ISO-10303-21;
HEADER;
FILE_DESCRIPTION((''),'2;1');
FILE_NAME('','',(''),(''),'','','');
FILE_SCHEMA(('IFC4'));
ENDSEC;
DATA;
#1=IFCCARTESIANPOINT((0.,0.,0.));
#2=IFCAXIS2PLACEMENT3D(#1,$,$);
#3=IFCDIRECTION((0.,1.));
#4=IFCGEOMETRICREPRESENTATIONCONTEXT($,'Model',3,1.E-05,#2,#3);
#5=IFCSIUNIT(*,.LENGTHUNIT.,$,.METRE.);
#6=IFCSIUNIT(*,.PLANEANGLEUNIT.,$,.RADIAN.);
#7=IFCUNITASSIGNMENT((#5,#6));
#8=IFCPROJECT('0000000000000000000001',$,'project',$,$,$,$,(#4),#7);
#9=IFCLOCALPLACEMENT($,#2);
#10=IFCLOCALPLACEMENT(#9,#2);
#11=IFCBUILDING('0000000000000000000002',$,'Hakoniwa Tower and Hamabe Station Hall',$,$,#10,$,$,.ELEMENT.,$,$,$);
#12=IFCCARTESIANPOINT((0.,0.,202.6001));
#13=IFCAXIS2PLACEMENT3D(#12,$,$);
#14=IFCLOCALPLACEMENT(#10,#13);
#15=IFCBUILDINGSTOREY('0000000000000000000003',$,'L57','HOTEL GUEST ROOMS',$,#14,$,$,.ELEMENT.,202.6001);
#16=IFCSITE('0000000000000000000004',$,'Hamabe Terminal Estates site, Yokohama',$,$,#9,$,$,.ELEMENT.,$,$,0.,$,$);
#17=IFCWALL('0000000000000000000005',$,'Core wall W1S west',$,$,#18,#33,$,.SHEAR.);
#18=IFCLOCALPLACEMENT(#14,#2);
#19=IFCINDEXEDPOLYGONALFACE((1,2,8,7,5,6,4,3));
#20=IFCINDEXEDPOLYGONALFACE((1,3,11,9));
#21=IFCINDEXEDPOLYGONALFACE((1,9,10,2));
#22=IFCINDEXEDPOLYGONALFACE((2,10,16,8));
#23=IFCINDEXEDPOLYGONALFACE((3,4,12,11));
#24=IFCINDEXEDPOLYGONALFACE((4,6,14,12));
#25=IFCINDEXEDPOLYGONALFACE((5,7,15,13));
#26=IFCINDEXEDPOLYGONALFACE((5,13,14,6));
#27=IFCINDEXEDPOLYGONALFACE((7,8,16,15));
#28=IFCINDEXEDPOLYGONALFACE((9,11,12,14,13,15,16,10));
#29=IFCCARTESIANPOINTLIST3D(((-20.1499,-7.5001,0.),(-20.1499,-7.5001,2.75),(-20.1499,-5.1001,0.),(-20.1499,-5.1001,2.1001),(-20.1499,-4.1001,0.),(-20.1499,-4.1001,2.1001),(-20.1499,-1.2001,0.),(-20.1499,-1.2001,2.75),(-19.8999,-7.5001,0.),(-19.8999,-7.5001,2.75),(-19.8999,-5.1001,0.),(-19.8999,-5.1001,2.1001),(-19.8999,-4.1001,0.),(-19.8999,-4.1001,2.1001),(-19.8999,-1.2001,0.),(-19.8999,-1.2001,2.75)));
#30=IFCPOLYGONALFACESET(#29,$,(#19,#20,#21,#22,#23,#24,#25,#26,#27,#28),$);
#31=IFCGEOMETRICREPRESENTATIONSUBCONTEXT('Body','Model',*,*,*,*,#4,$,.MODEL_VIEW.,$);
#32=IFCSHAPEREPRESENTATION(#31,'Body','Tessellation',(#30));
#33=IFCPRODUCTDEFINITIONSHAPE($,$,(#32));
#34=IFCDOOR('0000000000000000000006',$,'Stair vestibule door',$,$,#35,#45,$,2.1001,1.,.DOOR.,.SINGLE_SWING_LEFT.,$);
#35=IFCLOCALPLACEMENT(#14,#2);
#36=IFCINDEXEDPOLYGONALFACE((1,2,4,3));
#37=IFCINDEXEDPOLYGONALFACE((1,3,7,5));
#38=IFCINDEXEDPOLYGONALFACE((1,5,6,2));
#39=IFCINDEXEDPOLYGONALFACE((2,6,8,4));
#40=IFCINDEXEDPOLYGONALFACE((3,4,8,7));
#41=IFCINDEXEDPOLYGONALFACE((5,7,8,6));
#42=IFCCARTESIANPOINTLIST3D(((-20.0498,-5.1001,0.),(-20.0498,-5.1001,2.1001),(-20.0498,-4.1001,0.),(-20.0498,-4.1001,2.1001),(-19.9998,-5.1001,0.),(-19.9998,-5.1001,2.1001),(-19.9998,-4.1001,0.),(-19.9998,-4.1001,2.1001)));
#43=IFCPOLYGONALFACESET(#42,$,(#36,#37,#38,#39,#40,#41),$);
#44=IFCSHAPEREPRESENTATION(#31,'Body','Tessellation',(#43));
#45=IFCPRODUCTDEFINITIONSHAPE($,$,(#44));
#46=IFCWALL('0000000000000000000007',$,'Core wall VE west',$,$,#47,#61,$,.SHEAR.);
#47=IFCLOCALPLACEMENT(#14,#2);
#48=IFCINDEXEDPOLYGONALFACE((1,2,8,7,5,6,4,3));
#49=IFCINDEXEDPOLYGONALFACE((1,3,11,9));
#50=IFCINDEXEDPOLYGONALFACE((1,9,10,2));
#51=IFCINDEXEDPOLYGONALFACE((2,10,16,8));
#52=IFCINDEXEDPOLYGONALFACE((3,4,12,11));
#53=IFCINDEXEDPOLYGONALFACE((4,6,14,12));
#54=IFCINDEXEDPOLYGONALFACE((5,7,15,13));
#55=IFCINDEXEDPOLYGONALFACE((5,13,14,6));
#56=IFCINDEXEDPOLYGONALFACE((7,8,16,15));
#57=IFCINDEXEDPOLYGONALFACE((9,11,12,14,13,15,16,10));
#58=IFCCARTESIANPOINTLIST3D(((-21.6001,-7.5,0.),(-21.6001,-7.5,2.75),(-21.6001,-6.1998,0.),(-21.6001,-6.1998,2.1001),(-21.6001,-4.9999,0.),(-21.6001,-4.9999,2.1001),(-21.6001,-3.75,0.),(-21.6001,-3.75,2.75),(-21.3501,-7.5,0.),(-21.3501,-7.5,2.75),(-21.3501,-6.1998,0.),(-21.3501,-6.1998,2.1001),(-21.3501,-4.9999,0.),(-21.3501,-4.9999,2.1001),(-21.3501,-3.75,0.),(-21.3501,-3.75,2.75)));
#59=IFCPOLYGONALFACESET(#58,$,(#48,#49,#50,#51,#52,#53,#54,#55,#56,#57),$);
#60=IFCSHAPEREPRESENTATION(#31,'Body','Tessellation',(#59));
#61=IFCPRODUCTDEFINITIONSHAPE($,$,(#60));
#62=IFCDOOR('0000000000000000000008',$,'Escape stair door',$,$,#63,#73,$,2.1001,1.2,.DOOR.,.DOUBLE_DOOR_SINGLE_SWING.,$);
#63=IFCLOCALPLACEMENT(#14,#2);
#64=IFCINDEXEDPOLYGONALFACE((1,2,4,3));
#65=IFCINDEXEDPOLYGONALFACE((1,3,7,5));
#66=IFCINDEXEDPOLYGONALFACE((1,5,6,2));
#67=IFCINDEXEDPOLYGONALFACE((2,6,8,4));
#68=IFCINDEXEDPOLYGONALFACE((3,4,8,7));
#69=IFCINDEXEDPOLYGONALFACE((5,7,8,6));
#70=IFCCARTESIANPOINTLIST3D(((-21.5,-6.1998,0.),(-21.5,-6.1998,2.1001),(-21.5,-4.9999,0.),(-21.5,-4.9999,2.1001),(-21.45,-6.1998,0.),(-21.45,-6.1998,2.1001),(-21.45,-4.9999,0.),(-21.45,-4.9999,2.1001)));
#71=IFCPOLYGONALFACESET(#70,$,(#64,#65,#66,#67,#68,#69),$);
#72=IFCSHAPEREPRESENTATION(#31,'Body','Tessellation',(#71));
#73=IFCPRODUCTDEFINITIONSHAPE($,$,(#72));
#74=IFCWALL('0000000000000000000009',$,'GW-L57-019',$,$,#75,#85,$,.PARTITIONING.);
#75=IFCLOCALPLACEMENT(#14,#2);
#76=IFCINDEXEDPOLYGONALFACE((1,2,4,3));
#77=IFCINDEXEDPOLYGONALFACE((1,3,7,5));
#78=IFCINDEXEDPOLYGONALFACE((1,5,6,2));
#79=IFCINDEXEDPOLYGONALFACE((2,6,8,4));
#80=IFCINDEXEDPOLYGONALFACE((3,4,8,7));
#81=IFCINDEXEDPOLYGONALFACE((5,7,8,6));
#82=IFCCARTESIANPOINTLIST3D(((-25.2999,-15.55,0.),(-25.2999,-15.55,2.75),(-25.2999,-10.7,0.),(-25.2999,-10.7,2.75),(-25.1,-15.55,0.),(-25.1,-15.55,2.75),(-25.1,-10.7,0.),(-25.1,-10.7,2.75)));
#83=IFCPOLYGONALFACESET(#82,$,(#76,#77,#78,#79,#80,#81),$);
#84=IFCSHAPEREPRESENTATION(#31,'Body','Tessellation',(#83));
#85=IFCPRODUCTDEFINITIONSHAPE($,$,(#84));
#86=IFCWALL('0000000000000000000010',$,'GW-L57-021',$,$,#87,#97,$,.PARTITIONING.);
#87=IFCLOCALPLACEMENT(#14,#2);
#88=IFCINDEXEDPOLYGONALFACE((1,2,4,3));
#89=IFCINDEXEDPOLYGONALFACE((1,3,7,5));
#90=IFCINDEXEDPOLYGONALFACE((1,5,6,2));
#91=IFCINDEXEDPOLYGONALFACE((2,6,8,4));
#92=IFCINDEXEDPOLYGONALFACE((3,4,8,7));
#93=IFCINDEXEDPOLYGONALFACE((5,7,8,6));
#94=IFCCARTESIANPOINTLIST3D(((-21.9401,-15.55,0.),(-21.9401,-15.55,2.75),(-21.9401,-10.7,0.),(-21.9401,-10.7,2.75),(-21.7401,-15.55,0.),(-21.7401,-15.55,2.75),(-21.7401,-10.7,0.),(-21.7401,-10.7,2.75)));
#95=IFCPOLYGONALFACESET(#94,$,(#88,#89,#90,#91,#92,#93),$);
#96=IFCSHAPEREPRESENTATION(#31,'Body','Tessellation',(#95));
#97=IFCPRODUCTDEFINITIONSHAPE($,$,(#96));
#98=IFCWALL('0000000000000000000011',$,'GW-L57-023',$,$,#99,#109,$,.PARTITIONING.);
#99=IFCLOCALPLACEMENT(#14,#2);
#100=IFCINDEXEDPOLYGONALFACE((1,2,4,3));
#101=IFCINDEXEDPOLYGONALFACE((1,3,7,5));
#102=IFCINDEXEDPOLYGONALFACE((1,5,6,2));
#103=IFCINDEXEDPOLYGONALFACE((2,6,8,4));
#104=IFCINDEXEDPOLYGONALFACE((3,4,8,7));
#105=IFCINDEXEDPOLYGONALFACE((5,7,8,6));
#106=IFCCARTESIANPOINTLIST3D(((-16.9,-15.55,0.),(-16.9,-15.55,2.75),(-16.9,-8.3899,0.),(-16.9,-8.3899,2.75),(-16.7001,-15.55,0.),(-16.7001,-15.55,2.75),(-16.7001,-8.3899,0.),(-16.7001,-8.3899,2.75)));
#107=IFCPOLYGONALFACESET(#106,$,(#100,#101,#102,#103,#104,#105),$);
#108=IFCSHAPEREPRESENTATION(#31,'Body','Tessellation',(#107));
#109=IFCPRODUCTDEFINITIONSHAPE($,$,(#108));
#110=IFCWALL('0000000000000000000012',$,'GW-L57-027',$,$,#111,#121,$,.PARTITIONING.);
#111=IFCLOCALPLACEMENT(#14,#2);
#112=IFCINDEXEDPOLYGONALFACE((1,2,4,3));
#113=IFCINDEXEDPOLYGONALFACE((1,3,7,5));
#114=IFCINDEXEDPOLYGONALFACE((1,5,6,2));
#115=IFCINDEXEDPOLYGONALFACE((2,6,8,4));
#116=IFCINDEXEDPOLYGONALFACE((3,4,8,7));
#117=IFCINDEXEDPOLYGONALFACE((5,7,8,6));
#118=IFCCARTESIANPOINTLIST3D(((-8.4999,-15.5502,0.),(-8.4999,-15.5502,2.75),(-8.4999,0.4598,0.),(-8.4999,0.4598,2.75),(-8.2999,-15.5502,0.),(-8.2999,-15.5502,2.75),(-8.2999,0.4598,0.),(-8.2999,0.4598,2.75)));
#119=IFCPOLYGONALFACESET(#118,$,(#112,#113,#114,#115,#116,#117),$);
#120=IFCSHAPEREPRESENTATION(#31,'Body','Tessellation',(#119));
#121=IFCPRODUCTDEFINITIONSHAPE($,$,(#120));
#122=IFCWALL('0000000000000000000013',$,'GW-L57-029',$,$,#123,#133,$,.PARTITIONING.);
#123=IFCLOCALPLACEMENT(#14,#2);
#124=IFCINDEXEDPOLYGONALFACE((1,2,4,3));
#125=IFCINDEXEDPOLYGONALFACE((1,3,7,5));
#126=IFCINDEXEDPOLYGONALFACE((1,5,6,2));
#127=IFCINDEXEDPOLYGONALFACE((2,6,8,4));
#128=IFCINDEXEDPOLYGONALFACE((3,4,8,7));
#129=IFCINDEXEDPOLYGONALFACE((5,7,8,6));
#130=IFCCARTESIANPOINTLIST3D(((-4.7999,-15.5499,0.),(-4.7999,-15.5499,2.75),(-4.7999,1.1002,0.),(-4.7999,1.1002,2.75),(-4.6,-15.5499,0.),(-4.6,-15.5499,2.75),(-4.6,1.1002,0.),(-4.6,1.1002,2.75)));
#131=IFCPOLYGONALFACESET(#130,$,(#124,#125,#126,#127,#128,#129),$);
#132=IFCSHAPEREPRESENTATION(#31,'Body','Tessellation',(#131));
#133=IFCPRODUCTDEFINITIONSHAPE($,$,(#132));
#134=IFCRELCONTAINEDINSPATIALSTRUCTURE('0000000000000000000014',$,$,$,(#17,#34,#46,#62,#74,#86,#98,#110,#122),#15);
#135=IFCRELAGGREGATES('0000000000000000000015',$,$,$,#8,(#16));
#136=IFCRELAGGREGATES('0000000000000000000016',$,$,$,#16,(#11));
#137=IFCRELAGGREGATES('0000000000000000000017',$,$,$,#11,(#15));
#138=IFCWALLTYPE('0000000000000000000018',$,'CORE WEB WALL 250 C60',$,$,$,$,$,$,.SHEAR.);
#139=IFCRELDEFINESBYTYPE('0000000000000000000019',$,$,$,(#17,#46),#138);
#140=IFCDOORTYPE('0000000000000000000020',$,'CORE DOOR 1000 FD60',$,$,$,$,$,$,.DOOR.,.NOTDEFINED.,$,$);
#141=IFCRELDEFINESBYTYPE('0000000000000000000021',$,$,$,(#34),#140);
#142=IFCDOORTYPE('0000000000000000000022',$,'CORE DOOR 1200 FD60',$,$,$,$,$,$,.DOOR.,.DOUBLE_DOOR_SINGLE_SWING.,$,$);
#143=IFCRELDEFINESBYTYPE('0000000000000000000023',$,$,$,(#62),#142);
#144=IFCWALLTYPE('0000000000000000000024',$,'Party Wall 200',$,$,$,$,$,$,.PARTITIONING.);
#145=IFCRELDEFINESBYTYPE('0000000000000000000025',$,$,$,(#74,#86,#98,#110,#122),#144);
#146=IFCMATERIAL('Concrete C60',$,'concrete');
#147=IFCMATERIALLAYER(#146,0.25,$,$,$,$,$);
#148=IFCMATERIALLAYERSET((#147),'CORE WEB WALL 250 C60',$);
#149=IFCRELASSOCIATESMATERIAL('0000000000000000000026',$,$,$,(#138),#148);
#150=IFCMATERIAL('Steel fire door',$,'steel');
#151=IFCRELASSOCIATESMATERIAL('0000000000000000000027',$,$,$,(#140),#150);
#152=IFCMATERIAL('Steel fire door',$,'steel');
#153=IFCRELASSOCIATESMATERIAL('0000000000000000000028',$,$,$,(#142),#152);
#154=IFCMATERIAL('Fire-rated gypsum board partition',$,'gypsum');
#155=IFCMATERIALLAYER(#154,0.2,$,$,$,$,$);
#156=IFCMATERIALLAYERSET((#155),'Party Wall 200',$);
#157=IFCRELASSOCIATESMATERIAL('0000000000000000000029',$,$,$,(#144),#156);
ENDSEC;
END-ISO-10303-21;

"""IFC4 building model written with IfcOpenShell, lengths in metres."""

from ifc_helpers import new_model, si_unit, direction, frame, frame_2d, origin, place, context, subcontext, project, spatial, rectangle, extrude, material, layer, layer_set, type_object, element, fill, save


model = new_model("IFC4")

# Units and contexts
model_context = context("Model", 3, precision=1e-05, world=origin(), true_north=direction((0.0, 1.0)))
body_context = subcontext(model_context, "Body", "Model", "MODEL_VIEW")
ifc_project = project(units=[si_unit("LENGTHUNIT", "METRE"), si_unit("PLANEANGLEUNIT", "RADIAN")], contexts=[model_context])

# Site, building, storey
site_placement = place(None, origin())
site = spatial("IfcSite", under=ifc_project, at=site_placement, Name="Hamabe Terminal Estates site, Yokohama", CompositionType="ELEMENT", RefElevation=0.0)
building_placement = place(site_placement, origin())
building = spatial("IfcBuilding", under=site, at=building_placement, Name="Hakoniwa Tower and Hamabe Station Hall", CompositionType="ELEMENT")
storey_placement = place(building_placement, frame((0.0, 0.0, 202.6001)))
storey = spatial("IfcBuildingStorey", under=building, at=storey_placement, Name="L57", Description="HOTEL GUEST ROOMS", CompositionType="ELEMENT", Elevation=202.6001)

# Walls, openings, doors
ifc_material_1 = material(Name="Concrete C60", Category="concrete")
ifc_layer_1 = layer(ifc_material_1, 0.25)
ifc_layer_set_1 = layer_set([ifc_layer_1], Name="CORE WEB WALL 250 C60")
wall_type_1 = type_object("IfcWallType", Name="CORE WEB WALL 250 C60", PredefinedType="SHEAR", material=ifc_layer_set_1)
wall_1_placement = place(storey_placement, frame((-20.0249, -7.5, 0.0), z_axis=(0.0, 0.0, 1.0), x_axis=(0.0, 1.0, 0.0)))
wall_1 = element("IfcWall", 1, at=wall_1_placement, inside=storey, type_object=wall_type_1, Name="Core wall W1S west", PredefinedType="SHEAR", context=body_context, shape_type="SweptSolid", body=[
    extrude(rectangle(XDim=6.3, YDim=0.25, at=frame_2d((3.1499, 0.0))), origin(), (0.0, 0.0, 1.0), 2.75),
])
opening_1_placement = place(wall_1_placement, frame((2.3999, 0.0, 0.0)))
opening_1 = element("IfcOpeningElement", 2, at=opening_1_placement, cuts=wall_1, PredefinedType="OPENING", context=body_context, shape_type="SweptSolid", body=[
    extrude(rectangle(XDim=1.0, YDim=2.1001, at=frame_2d((0.5, 1.05))), frame((0.0, 0.135, 0.0), z_axis=(0.0, -1.0, 0.0), x_axis=(1.0, 0.0, 0.0)), (0.0, 0.0, 1.0), 0.27),
])
ifc_material_2 = material(Name="Steel fire door", Category="steel")
door_type_1 = type_object("IfcDoorType", Name="CORE DOOR 1000 FD60", OperationType="NOTDEFINED", PredefinedType="DOOR", material=ifc_material_2)
door_1_placement = place(opening_1_placement, origin())
door_1 = element("IfcDoor", 3, at=door_1_placement, inside=storey, type_object=door_type_1, Name="Stair vestibule door", OperationType="SINGLE_SWING_LEFT", OverallHeight=2.1001, OverallWidth=1.0, PredefinedType="DOOR", context=body_context, shape_type="SweptSolid", body=[
    extrude(rectangle(XDim=1.0, YDim=2.1001, at=frame_2d((0.5, 1.05))), frame((0.0, 0.0249, 0.0), z_axis=(0.0, -1.0, 0.0), x_axis=(1.0, 0.0, 0.0)), (0.0, 0.0, 1.0), 0.05),
])
fill(opening_1, door_1)
wall_2_placement = place(storey_placement, frame((-21.4751, -7.5, 0.0), z_axis=(0.0, 0.0, 1.0), x_axis=(0.0, 1.0, 0.0)))
wall_2 = element("IfcWall", 4, at=wall_2_placement, inside=storey, type_object=wall_type_1, Name="Core wall VE west", PredefinedType="SHEAR", context=body_context, shape_type="SweptSolid", body=[
    extrude(rectangle(XDim=3.75, YDim=0.25, at=frame_2d((1.875, 0.0))), origin(), (0.0, 0.0, 1.0), 2.75),
])
opening_2_placement = place(wall_2_placement, frame((1.3, 0.0, 0.0)))
opening_2 = element("IfcOpeningElement", 5, at=opening_2_placement, cuts=wall_2, PredefinedType="OPENING", context=body_context, shape_type="SweptSolid", body=[
    extrude(rectangle(XDim=1.2, YDim=2.1001, at=frame_2d((0.6001, 1.05))), frame((0.0, 0.135, 0.0), z_axis=(0.0, -1.0, 0.0), x_axis=(1.0, 0.0, 0.0)), (0.0, 0.0, 1.0), 0.27),
])
ifc_material_3 = material(Name="Steel fire door", Category="steel")
door_type_2 = type_object("IfcDoorType", Name="CORE DOOR 1200 FD60", OperationType="DOUBLE_DOOR_SINGLE_SWING", PredefinedType="DOOR", material=ifc_material_3)
door_2_placement = place(opening_2_placement, origin())
door_2 = element("IfcDoor", 6, at=door_2_placement, inside=storey, type_object=door_type_2, Name="Escape stair door", OperationType="DOUBLE_DOOR_SINGLE_SWING", OverallHeight=2.1001, OverallWidth=1.2, PredefinedType="DOOR", context=body_context, shape_type="SweptSolid", body=[
    extrude(rectangle(XDim=1.2, YDim=2.1001, at=frame_2d((0.6001, 1.05))), frame((0.0, 0.0249, 0.0), z_axis=(0.0, -1.0, 0.0), x_axis=(1.0, 0.0, 0.0)), (0.0, 0.0, 1.0), 0.05),
])
fill(opening_2, door_2)

# Walls
ifc_material_4 = material(Name="Fire-rated gypsum board partition", Category="gypsum")
ifc_layer_2 = layer(ifc_material_4, 0.2)
ifc_layer_set_2 = layer_set([ifc_layer_2], Name="Party Wall 200")
wall_type_2 = type_object("IfcWallType", Name="Party Wall 200", PredefinedType="PARTITIONING", material=ifc_layer_set_2)
for number, where, z_axis, x_axis, name in (
    (7, (-25.2, -15.55, 0.0), (0.0, 0.0, 1.0), (0.0, 1.0, 0.0), "GW-L57-019"),
    (8, (-21.8401, -15.55, 0.0), (0.0, 0.0, 1.0), (0.0, 1.0, 0.0), "GW-L57-021"),
):
    element("IfcWall", number, at=place(storey_placement, frame(where, z_axis=z_axis, x_axis=x_axis)), inside=storey, type_object=wall_type_2, Name=name, PredefinedType="PARTITIONING", context=body_context, shape_type="SweptSolid", body=[
        extrude(rectangle(XDim=4.8501, YDim=0.2, at=frame_2d((2.425, 0.0))), origin(), (0.0, 0.0, 1.0), 2.75),
    ])
wall_3_placement = place(storey_placement, frame((-16.8, -15.55, 0.0), z_axis=(0.0, 0.0, 1.0), x_axis=(0.0, 1.0, 0.0)))
element("IfcWall", 9, at=wall_3_placement, inside=storey, type_object=wall_type_2, Name="GW-L57-023", PredefinedType="PARTITIONING", context=body_context, shape_type="SweptSolid", body=[
    extrude(rectangle(XDim=7.1602, YDim=0.2, at=frame_2d((3.5801, 0.0))), origin(), (0.0, 0.0, 1.0), 2.75),
])
wall_4_placement = place(storey_placement, frame((-8.3999, -15.55, 0.0), z_axis=(0.0, 0.0, 1.0), x_axis=(0.0, 1.0, 0.0)))
element("IfcWall", 10, at=wall_4_placement, inside=storey, type_object=wall_type_2, Name="GW-L57-027", PredefinedType="PARTITIONING", context=body_context, shape_type="SweptSolid", body=[
    extrude(rectangle(XDim=16.01, YDim=0.2, at=frame_2d((8.0049, 0.0))), origin(), (0.0, 0.0, 1.0), 2.75),
])
wall_5_placement = place(storey_placement, frame((-4.7, -15.55, 0.0), z_axis=(0.0, 0.0, 1.0), x_axis=(0.0, 1.0, 0.0)))
element("IfcWall", 11, at=wall_5_placement, inside=storey, type_object=wall_type_2, Name="GW-L57-029", PredefinedType="PARTITIONING", context=body_context, shape_type="SweptSolid", body=[
    extrude(rectangle(XDim=16.6501, YDim=0.2, at=frame_2d((8.3252, 0.0))), origin(), (0.0, 0.0, 1.0), 2.75),
])

save(model, "model.ifc")
